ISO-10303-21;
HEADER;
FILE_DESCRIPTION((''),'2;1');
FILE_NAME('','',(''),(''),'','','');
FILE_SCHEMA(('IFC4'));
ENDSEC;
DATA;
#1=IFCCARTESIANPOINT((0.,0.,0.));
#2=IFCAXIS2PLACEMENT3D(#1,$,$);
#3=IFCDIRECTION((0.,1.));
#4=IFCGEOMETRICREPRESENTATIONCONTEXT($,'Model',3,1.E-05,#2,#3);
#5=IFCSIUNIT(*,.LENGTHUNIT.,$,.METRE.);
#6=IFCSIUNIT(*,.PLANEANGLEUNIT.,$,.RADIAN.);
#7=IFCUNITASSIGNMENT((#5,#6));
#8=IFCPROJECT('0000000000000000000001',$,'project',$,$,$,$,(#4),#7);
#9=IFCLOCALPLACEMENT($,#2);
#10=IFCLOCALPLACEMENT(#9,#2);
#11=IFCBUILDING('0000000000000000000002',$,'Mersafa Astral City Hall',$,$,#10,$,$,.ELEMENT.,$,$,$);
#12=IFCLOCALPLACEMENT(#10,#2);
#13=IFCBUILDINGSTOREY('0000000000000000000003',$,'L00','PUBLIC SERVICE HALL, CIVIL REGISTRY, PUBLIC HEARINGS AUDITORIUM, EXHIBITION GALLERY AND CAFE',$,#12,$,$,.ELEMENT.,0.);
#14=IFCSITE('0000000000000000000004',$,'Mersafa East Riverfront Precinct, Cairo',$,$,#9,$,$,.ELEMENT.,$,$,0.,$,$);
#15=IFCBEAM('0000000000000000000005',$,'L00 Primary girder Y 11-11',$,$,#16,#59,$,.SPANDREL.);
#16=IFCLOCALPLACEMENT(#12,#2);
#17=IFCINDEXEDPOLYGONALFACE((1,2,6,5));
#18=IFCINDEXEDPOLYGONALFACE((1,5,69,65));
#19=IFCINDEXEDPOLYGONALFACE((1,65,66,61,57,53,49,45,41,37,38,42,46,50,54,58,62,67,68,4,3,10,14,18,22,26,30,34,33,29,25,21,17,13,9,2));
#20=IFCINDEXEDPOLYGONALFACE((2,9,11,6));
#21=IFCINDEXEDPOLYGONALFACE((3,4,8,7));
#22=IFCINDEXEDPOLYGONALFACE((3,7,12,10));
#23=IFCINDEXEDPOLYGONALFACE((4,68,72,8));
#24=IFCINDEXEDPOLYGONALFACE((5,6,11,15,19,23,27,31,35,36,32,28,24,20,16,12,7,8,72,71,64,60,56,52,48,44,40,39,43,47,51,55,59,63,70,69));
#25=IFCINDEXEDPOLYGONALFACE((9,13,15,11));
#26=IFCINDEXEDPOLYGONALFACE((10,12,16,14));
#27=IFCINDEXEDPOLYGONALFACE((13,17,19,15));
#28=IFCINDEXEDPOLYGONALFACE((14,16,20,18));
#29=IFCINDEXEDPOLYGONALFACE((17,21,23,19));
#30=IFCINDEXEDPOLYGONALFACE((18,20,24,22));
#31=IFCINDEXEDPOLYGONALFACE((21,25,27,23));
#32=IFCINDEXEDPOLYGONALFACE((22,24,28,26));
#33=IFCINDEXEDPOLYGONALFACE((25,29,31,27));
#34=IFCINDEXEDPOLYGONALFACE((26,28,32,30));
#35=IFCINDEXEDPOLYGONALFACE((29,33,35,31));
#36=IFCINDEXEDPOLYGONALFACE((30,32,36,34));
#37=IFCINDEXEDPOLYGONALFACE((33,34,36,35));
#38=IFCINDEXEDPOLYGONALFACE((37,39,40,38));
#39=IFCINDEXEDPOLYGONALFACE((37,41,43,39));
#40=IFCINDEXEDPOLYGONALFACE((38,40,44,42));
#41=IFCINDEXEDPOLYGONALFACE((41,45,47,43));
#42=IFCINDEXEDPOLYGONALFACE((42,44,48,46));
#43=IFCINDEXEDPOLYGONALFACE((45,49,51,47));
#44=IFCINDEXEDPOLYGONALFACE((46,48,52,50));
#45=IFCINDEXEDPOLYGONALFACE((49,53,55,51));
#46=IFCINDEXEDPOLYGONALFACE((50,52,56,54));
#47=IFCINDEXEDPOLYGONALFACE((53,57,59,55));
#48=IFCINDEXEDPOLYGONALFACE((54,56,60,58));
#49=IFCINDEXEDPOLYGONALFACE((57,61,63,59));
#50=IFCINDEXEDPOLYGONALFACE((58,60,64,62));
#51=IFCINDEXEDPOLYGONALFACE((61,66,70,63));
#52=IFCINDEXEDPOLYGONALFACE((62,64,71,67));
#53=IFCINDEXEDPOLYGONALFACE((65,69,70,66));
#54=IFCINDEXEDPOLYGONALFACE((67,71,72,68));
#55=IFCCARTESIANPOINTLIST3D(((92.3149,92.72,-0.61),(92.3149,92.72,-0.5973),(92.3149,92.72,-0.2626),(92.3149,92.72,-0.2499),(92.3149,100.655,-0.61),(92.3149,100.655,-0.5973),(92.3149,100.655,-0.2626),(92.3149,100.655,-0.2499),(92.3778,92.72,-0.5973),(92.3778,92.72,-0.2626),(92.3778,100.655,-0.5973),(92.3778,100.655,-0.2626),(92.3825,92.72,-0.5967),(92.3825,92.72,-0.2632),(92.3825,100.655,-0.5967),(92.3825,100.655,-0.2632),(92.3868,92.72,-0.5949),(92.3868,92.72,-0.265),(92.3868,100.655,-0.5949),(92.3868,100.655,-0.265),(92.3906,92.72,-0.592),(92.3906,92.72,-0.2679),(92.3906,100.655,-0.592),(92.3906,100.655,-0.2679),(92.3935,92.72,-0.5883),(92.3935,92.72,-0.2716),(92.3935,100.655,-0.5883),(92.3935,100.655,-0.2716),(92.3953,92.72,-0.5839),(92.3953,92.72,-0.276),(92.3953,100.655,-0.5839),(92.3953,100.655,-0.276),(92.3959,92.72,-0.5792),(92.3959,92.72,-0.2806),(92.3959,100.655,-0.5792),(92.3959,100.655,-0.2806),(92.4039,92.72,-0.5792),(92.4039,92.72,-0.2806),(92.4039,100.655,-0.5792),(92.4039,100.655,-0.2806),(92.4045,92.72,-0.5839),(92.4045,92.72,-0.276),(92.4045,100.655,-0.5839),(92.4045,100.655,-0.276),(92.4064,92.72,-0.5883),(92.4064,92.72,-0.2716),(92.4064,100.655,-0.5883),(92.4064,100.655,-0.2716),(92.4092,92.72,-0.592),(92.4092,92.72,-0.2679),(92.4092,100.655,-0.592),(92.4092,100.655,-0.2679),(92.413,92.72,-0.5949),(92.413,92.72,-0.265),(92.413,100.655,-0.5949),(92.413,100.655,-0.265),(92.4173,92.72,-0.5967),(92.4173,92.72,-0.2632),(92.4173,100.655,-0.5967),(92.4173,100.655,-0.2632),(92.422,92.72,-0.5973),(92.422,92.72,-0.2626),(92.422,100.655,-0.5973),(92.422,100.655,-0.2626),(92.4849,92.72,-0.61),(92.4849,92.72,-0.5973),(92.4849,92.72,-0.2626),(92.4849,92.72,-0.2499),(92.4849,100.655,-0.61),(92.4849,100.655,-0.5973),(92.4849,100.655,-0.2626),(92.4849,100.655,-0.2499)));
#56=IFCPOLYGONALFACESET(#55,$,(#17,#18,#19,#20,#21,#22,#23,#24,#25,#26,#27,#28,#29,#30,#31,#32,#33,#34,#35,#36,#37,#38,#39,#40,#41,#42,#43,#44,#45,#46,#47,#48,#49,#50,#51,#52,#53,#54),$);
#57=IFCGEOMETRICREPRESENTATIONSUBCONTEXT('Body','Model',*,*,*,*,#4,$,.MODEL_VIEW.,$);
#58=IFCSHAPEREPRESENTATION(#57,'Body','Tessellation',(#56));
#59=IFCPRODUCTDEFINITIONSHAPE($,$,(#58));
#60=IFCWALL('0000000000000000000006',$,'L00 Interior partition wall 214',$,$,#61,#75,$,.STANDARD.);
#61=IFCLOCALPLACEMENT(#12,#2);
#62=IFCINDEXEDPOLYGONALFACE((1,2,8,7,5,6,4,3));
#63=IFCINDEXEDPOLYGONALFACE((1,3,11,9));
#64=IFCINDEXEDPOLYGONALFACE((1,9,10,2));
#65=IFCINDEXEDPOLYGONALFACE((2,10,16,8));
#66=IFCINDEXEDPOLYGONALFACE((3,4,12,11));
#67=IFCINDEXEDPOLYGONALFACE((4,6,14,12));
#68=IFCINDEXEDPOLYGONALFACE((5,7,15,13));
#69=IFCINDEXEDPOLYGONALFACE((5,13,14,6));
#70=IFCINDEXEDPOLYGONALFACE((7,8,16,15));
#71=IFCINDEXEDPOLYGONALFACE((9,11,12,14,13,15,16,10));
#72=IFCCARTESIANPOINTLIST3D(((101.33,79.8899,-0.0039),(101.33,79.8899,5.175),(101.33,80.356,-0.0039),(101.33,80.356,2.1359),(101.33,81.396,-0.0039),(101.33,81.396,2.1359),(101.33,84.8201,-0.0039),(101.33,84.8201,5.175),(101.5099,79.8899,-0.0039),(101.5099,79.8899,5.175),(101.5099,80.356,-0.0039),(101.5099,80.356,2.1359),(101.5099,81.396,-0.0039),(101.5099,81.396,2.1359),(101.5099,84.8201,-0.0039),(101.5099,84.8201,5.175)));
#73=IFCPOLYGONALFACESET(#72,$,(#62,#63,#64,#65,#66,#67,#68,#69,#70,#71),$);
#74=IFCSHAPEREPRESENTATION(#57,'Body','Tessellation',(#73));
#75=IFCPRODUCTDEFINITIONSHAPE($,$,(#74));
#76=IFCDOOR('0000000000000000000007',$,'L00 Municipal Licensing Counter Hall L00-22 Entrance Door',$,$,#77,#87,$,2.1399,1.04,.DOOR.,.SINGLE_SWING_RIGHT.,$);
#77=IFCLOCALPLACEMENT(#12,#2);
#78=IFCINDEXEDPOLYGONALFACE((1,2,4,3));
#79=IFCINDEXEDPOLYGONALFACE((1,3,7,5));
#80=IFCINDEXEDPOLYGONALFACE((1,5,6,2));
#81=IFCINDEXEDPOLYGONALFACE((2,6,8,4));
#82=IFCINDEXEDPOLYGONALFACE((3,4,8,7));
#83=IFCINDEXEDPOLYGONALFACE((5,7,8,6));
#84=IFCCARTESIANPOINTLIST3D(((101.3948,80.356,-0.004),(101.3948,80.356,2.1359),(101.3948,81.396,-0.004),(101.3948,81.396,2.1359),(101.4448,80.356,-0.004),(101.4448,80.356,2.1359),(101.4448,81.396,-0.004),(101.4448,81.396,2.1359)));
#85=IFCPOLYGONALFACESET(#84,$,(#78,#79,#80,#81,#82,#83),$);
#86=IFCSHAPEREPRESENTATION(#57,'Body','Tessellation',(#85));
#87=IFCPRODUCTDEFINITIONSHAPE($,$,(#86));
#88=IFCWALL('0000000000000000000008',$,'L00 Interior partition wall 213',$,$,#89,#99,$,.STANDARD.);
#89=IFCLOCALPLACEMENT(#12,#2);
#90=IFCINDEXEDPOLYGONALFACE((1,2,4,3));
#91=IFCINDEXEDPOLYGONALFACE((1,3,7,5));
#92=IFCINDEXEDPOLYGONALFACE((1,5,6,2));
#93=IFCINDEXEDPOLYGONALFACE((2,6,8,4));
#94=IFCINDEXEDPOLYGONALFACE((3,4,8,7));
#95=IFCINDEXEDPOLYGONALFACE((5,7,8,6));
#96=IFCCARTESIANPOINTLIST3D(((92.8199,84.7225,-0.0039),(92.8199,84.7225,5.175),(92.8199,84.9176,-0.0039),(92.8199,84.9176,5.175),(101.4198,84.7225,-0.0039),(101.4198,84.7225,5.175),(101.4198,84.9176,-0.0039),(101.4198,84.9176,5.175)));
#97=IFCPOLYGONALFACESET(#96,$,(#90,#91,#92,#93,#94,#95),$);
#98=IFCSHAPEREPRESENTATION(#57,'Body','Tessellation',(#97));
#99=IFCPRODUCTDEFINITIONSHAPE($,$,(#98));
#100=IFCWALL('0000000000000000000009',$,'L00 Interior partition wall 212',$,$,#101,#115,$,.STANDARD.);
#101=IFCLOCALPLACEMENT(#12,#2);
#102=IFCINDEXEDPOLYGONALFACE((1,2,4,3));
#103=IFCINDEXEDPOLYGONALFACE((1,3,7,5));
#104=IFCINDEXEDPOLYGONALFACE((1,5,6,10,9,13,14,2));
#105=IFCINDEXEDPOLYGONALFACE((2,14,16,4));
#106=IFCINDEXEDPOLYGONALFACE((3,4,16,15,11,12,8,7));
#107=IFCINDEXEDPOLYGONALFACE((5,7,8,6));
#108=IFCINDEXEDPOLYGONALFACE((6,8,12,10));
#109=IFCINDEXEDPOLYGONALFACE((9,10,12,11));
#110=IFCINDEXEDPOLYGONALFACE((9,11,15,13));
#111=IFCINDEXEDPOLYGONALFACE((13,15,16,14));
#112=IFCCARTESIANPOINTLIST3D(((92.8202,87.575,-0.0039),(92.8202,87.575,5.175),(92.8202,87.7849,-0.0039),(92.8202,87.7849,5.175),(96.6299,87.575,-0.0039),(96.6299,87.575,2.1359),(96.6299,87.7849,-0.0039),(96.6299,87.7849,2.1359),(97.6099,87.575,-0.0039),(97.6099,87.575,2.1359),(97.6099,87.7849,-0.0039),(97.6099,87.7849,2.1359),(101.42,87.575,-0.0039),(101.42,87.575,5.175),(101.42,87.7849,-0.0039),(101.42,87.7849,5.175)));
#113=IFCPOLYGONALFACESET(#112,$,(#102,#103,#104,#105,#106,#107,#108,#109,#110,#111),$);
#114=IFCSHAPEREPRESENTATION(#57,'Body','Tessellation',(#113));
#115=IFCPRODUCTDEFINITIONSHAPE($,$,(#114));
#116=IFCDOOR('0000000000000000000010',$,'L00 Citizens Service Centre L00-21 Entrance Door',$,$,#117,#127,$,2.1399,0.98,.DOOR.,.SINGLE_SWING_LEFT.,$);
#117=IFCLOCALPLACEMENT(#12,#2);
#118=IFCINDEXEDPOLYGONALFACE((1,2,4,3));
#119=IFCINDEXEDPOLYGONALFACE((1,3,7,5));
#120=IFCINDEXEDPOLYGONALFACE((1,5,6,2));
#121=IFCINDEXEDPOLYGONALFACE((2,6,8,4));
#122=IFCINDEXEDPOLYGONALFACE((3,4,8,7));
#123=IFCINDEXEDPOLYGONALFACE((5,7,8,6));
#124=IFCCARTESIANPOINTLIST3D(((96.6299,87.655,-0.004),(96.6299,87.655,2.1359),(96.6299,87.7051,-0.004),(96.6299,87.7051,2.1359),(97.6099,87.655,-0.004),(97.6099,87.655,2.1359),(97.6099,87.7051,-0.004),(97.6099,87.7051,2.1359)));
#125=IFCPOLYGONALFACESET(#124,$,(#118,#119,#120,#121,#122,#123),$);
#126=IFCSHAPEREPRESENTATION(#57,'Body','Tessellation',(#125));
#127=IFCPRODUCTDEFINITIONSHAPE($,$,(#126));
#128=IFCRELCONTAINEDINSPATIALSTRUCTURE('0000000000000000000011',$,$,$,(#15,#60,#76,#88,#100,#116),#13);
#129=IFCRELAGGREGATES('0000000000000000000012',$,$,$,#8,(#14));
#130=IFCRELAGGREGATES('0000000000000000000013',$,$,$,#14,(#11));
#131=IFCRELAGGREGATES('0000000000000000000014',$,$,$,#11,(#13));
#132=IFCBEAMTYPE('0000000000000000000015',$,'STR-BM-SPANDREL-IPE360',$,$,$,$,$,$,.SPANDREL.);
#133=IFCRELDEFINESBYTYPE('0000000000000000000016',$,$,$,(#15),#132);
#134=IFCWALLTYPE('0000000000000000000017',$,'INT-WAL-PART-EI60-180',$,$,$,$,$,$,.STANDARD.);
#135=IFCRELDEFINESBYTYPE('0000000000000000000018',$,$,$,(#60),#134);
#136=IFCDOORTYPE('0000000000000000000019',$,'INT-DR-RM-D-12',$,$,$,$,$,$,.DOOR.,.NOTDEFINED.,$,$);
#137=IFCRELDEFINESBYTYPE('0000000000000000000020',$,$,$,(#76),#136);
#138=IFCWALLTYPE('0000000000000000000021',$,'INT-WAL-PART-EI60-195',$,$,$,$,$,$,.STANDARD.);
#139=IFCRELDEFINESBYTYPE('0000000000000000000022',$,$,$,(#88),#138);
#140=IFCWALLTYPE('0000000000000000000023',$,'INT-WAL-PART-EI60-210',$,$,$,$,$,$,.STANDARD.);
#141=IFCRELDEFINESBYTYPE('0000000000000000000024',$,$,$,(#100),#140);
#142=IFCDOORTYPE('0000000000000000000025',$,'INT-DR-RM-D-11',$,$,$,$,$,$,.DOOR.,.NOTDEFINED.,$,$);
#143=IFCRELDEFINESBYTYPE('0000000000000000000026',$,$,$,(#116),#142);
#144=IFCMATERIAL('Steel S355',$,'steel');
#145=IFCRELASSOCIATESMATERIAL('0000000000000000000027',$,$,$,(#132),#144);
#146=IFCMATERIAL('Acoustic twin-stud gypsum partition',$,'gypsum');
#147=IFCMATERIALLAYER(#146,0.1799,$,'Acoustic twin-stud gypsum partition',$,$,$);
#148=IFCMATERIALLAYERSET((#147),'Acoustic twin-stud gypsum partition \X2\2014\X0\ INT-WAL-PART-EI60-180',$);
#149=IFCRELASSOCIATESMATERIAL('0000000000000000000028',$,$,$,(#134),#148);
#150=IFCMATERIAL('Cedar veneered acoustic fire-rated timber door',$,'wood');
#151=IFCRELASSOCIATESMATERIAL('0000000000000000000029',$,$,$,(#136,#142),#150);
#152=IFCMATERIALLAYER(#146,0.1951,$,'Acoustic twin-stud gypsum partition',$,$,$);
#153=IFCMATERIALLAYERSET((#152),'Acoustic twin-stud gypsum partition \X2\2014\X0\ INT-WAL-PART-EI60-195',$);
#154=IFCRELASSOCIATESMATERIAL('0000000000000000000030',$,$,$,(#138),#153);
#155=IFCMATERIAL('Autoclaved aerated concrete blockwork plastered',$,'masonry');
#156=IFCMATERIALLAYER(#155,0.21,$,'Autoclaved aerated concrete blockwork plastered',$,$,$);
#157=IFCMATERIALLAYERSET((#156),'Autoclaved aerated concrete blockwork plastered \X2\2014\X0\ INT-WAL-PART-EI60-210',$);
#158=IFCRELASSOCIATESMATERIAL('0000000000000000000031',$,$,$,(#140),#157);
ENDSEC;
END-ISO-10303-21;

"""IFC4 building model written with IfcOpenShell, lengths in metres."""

from ifc_helpers import new_model, si_unit, direction, frame, frame_2d, origin, origin_2d, place, context, subcontext, project, spatial, rectangle, i_section, extrude, material, layer, layer_set, material_profile, profile_set, type_object, element, fill, save


model = new_model("IFC4")

# Units and contexts
model_context = context("Model", 3, precision=1e-05, world=origin(), true_north=direction((0.0, 1.0)))
body_context = subcontext(model_context, "Body", "Model", "MODEL_VIEW")
ifc_project = project(units=[si_unit("LENGTHUNIT", "METRE"), si_unit("PLANEANGLEUNIT", "RADIAN")], contexts=[model_context])

# Site, building, storey
site_placement = place(None, origin())
site = spatial("IfcSite", under=ifc_project, at=site_placement, Name="Mersafa East Riverfront Precinct, Cairo", CompositionType="ELEMENT", RefElevation=0.0)
building_placement = place(site_placement, origin())
building = spatial("IfcBuilding", under=site, at=building_placement, Name="Mersafa Astral City Hall", CompositionType="ELEMENT")
storey_placement = place(building_placement, origin())
storey = spatial("IfcBuildingStorey", under=building, at=storey_placement, Name="L00", Description="PUBLIC SERVICE HALL, CIVIL REGISTRY, PUBLIC HEARINGS AUDITORIUM, EXHIBITION GALLERY AND CAFE", CompositionType="ELEMENT", Elevation=0.0)

# Shared definitions
ifc_material_1 = material(Name="Steel S355", Category="steel")

# Beam
ifc_material_profile_1 = material_profile(ifc_material_1, i_section(OverallWidth=0.1699, OverallDepth=0.3601, WebThickness=0.0081, FlangeThickness=0.0127, FilletRadius=0.0181, at=origin_2d()), Name="IPE 360")
ifc_profile_set_1 = profile_set([ifc_material_profile_1], Name="Steel S355")
beam_type_1 = type_object("IfcBeamType", Name="STR-BM-SPANDREL-IPE360", PredefinedType="SPANDREL", material=ifc_profile_set_1)
beam_1_placement = place(storey_placement, frame((92.3999, 92.72, -0.4299), z_axis=(0.0, 1.0, 0.0), x_axis=(-1.0, 0.0, 0.0)))
element("IfcBeam", 1, at=beam_1_placement, inside=storey, type_object=beam_type_1, Name="L00 Primary girder Y 11-11", PredefinedType="SPANDREL", context=body_context, shape_type="SweptSolid", body=[
    extrude(i_section(OverallWidth=0.1699, OverallDepth=0.3601, WebThickness=0.0081, FlangeThickness=0.0127, FilletRadius=0.0181, at=origin_2d()), origin(), (0.0, 0.0, 1.0), 7.9351),
])

# Wall, opening, door
ifc_material_2 = material(Name="Acoustic twin-stud gypsum partition", Category="gypsum")
ifc_layer_1 = layer(ifc_material_2, 0.1799, Name="Acoustic twin-stud gypsum partition")
ifc_layer_set_1 = layer_set([ifc_layer_1], Name="Acoustic twin-stud gypsum partition — INT-WAL-PART-EI60-180")
wall_type_1 = type_object("IfcWallType", Name="INT-WAL-PART-EI60-180", PredefinedType="STANDARD", material=ifc_layer_set_1)
wall_1_placement = place(storey_placement, frame((101.4199, 84.8201, -0.0039), z_axis=(0.0, 0.0, 1.0), x_axis=(0.0, -1.0, 0.0)))
wall_1 = element("IfcWall", 2, at=wall_1_placement, inside=storey, type_object=wall_type_1, Name="L00 Interior partition wall 214", PredefinedType="STANDARD", context=body_context, shape_type="SweptSolid", body=[
    extrude(rectangle(XDim=4.9302, YDim=0.1799, at=frame_2d((2.4651, 0.0))), origin(), (0.0, 0.0, 1.0), 5.179),
])
opening_1_placement = place(wall_1_placement, frame((3.4241, 0.0, 0.0)))
opening_1 = element("IfcOpeningElement", 3, at=opening_1_placement, cuts=wall_1, PredefinedType="OPENING", context=body_context, shape_type="SweptSolid", body=[
    extrude(rectangle(XDim=1.04, YDim=2.1399, at=frame_2d((0.52, 1.0698))), frame((0.0, 0.0999, 0.0), z_axis=(0.0, -1.0, 0.0), x_axis=(1.0, 0.0, 0.0)), (0.0, 0.0, 1.0), 0.2),
])
ifc_material_3 = material(Name="Cedar veneered acoustic fire-rated timber door", Category="wood")
door_type_1 = type_object("IfcDoorType", Name="INT-DR-RM-D-12", OperationType="NOTDEFINED", PredefinedType="DOOR", material=ifc_material_3)
door_1_placement = place(opening_1_placement, origin())
door_1 = element("IfcDoor", 4, at=door_1_placement, inside=storey, type_object=door_type_1, Name="L00 Municipal Licensing Counter Hall L00-22 Entrance Door", OperationType="SINGLE_SWING_RIGHT", OverallHeight=2.1399, OverallWidth=1.04, PredefinedType="DOOR", context=body_context, shape_type="SweptSolid", body=[
    extrude(rectangle(XDim=1.04, YDim=2.1399, at=frame_2d((0.52, 1.0698))), frame((0.0, 0.0249, 0.0), z_axis=(0.0, -1.0, 0.0), x_axis=(1.0, 0.0, 0.0)), (0.0, 0.0, 1.0), 0.05),
])
fill(opening_1, door_1)

# Wall
ifc_layer_2 = layer(ifc_material_2, 0.1951, Name="Acoustic twin-stud gypsum partition")
ifc_layer_set_2 = layer_set([ifc_layer_2], Name="Acoustic twin-stud gypsum partition — INT-WAL-PART-EI60-195")
wall_type_2 = type_object("IfcWallType", Name="INT-WAL-PART-EI60-195", PredefinedType="STANDARD", material=ifc_layer_set_2)
wall_2_placement = place(storey_placement, frame((92.8201, 84.8201, -0.0039), z_axis=(0.0, 0.0, 1.0), x_axis=(1.0, 0.0, 0.0)))
element("IfcWall", 5, at=wall_2_placement, inside=storey, type_object=wall_type_2, Name="L00 Interior partition wall 213", PredefinedType="STANDARD", context=body_context, shape_type="SweptSolid", body=[
    extrude(rectangle(XDim=8.5999, YDim=0.1951, at=frame_2d((4.2998, 0.0))), origin(), (0.0, 0.0, 1.0), 5.179),
])

# Wall, opening, door
ifc_material_4 = material(Name="Autoclaved aerated concrete blockwork plastered", Category="masonry")
ifc_layer_3 = layer(ifc_material_4, 0.21, Name="Autoclaved aerated concrete blockwork plastered")
ifc_layer_set_3 = layer_set([ifc_layer_3], Name="Autoclaved aerated concrete blockwork plastered — INT-WAL-PART-EI60-210")
wall_type_3 = type_object("IfcWallType", Name="INT-WAL-PART-EI60-210", PredefinedType="STANDARD", material=ifc_layer_set_3)
wall_3_placement = place(storey_placement, frame((101.4199, 87.6799, -0.0039), z_axis=(0.0, 0.0, 1.0), x_axis=(-1.0, 0.0, 0.0)))
wall_3 = element("IfcWall", 6, at=wall_3_placement, inside=storey, type_object=wall_type_3, Name="L00 Interior partition wall 212", PredefinedType="STANDARD", context=body_context, shape_type="SweptSolid", body=[
    extrude(rectangle(XDim=8.5999, YDim=0.21, at=frame_2d((4.2998, 0.0))), origin(), (0.0, 0.0, 1.0), 5.179),
])
opening_2_placement = place(wall_3_placement, frame((3.8101, 0.0, 0.0)))
opening_2 = element("IfcOpeningElement", 7, at=opening_2_placement, cuts=wall_3, PredefinedType="OPENING", context=body_context, shape_type="SweptSolid", body=[
    extrude(rectangle(XDim=0.98, YDim=2.1399, at=frame_2d((0.49, 1.0698))), frame((0.0, 0.115, 0.0), z_axis=(0.0, -1.0, 0.0), x_axis=(1.0, 0.0, 0.0)), (0.0, 0.0, 1.0), 0.23),
])
door_type_2 = type_object("IfcDoorType", Name="INT-DR-RM-D-11", OperationType="NOTDEFINED", PredefinedType="DOOR", material=ifc_material_3)
door_2_placement = place(opening_2_placement, origin())
door_2 = element("IfcDoor", 8, at=door_2_placement, inside=storey, type_object=door_type_2, Name="L00 Citizens Service Centre L00-21 Entrance Door", OperationType="SINGLE_SWING_LEFT", OverallHeight=2.1399, OverallWidth=0.98, PredefinedType="DOOR", context=body_context, shape_type="SweptSolid", body=[
    extrude(rectangle(XDim=0.98, YDim=2.1399, at=frame_2d((0.49, 1.0698))), frame((0.0, 0.0249, 0.0), z_axis=(0.0, -1.0, 0.0), x_axis=(1.0, 0.0, 0.0)), (0.0, 0.0, 1.0), 0.05),
])
fill(opening_2, door_2)

save(model, "model.ifc")
